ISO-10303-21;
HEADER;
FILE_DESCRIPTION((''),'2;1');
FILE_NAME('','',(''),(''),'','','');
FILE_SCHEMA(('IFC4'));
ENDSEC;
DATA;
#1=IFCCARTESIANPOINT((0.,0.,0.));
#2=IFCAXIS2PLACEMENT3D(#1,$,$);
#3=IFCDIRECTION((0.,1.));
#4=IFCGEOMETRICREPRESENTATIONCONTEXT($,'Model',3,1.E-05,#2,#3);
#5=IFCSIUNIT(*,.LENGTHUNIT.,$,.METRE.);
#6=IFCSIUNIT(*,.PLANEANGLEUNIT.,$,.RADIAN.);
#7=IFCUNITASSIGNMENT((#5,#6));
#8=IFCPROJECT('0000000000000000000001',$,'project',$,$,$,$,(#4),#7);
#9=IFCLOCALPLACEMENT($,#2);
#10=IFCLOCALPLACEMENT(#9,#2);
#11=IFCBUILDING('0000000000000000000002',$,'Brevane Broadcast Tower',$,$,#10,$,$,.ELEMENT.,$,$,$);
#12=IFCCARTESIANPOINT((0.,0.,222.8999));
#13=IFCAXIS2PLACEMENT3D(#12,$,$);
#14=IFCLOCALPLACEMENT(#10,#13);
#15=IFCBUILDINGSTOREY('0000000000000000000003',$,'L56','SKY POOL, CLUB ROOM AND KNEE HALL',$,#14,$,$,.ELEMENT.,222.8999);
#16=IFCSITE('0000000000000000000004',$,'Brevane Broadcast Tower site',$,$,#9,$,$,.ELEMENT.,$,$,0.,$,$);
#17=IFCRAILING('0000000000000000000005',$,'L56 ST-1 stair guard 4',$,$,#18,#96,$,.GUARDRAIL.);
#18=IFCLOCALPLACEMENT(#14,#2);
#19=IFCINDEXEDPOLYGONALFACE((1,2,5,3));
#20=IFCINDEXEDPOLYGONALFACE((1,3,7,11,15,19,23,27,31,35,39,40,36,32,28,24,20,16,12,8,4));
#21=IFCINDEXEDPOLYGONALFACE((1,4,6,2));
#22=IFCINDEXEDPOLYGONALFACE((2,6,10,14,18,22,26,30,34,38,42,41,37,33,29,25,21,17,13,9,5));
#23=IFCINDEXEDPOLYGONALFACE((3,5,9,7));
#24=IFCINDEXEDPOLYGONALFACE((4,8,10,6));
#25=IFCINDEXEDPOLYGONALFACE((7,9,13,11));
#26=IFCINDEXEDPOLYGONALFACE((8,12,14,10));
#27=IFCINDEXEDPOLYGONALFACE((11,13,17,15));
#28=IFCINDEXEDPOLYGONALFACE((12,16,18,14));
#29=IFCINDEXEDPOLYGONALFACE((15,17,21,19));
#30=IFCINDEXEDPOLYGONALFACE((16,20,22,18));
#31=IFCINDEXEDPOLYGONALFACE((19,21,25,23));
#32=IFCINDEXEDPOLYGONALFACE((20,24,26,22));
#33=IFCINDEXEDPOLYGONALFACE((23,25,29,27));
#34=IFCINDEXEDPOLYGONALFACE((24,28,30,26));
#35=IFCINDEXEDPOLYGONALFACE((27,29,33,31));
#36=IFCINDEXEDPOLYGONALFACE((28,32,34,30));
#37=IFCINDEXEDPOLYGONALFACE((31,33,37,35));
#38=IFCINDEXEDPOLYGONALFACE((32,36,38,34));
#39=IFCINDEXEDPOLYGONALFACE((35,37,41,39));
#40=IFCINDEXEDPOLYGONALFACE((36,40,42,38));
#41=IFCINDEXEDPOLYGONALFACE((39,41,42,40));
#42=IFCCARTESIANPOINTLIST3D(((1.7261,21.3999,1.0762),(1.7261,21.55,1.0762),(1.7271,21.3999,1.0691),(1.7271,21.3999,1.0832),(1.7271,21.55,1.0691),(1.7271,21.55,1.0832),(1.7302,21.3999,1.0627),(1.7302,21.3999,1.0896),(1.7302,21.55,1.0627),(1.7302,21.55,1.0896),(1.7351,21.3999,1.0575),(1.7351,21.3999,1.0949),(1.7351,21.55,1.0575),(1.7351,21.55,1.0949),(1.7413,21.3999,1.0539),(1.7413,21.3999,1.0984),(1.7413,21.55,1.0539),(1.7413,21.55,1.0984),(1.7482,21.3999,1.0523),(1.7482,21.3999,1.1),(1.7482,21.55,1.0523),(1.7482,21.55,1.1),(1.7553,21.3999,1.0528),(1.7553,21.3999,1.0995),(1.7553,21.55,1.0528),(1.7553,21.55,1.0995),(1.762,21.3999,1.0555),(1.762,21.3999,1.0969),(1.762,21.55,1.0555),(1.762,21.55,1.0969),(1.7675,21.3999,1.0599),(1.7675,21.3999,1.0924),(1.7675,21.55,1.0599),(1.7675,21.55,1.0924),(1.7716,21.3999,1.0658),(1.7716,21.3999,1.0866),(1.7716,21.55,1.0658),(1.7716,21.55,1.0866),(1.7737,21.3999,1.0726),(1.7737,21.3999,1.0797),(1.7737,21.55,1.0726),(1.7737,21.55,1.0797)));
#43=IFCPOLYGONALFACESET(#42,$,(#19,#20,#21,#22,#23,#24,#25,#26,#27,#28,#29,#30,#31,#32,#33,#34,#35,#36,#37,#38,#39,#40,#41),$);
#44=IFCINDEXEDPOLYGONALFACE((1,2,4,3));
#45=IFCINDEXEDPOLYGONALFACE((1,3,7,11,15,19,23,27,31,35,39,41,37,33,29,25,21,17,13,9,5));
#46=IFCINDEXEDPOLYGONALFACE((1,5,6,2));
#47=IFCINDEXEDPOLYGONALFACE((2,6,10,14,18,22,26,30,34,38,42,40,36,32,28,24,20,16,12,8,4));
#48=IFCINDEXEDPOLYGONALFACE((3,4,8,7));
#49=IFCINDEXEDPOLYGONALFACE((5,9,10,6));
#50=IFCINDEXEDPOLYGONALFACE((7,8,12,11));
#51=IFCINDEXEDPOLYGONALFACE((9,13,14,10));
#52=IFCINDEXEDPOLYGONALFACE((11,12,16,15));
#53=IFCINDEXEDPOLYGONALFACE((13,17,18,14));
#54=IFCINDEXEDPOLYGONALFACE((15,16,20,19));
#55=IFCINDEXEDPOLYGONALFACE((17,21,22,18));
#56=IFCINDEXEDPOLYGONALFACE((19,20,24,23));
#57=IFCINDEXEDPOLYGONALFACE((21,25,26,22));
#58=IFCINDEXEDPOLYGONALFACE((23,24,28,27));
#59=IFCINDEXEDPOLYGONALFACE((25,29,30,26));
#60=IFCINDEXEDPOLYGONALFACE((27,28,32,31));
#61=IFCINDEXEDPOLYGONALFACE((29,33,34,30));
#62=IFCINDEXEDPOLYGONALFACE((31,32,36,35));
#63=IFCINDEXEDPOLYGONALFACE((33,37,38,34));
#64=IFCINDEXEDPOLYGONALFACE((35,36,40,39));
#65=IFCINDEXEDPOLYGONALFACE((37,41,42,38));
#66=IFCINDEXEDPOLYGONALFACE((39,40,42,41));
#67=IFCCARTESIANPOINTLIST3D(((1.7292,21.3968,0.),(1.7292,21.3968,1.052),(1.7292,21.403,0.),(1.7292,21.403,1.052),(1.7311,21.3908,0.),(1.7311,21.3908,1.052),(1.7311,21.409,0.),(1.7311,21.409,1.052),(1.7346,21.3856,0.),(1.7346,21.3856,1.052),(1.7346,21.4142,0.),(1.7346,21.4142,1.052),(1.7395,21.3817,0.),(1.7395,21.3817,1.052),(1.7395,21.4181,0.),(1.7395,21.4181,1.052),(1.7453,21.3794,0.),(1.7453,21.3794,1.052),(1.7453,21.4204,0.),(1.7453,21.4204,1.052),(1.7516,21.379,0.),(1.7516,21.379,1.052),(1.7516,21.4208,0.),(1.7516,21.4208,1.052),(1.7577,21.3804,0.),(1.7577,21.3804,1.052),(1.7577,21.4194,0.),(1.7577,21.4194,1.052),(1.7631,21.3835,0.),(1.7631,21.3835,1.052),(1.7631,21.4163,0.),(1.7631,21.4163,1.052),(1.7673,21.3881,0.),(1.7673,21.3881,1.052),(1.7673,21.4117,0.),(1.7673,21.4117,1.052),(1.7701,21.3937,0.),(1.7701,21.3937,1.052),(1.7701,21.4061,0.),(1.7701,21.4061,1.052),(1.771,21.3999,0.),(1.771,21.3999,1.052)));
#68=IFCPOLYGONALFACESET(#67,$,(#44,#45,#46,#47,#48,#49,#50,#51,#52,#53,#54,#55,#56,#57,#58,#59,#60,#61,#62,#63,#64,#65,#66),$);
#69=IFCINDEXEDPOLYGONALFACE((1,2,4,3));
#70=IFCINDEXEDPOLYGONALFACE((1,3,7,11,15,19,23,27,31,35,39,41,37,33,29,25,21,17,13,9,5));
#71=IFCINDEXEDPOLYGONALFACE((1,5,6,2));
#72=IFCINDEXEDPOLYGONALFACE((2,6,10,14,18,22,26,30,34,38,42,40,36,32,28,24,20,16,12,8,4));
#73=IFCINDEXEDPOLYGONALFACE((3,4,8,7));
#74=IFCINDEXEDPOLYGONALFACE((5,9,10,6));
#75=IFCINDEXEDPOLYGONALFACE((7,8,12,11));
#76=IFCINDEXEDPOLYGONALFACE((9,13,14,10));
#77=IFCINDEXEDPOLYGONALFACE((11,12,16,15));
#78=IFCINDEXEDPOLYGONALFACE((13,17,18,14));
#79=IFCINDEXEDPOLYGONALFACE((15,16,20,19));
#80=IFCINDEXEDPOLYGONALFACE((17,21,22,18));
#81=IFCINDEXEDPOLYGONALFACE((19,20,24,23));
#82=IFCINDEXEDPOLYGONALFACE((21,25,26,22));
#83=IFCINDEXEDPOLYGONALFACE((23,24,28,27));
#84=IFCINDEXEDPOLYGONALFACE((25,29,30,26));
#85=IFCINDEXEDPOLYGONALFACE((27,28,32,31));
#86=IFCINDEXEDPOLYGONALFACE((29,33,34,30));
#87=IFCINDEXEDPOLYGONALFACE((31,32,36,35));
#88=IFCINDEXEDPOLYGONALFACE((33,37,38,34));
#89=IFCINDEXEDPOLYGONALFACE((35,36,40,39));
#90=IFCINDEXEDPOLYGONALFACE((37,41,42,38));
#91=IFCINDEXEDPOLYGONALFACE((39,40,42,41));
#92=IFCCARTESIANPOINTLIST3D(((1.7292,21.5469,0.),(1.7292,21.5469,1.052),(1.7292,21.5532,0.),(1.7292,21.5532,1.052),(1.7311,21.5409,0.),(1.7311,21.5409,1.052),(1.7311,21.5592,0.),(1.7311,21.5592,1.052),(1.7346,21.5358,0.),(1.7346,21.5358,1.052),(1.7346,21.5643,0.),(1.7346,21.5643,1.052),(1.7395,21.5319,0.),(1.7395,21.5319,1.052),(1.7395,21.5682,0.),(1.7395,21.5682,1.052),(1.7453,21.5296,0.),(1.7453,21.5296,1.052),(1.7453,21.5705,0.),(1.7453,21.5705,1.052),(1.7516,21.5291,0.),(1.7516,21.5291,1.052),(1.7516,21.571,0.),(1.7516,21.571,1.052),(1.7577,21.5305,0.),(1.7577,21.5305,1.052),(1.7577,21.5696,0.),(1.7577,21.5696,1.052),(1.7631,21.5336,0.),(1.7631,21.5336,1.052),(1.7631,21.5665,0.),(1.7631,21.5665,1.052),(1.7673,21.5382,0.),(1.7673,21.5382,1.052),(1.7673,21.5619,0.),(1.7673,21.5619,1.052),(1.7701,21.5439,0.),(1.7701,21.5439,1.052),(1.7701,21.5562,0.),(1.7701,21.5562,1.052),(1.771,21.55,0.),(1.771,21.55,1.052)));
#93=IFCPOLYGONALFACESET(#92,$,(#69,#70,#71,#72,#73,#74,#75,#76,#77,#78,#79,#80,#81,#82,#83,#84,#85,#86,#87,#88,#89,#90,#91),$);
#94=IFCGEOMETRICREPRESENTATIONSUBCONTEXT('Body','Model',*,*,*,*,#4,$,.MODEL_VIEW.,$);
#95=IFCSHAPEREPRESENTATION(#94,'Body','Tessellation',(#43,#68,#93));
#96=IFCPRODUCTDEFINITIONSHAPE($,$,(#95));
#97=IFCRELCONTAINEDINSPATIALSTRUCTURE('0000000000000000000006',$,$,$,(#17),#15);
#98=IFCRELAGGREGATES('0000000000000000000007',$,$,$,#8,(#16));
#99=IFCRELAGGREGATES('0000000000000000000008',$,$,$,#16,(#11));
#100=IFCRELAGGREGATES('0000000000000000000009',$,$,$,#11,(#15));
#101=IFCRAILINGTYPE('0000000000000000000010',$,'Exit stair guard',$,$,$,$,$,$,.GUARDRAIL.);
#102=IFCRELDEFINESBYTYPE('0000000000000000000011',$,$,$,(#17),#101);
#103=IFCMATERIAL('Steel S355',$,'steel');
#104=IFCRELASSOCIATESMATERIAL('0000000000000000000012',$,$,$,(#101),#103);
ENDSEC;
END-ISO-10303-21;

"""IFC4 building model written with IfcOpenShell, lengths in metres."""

from ifc_helpers import new_model, si_unit, direction, frame, origin, origin_2d, place, context, subcontext, project, spatial, circle, extrude, material, type_object, element, save


model = new_model("IFC4")

# Units and contexts
model_context = context("Model", 3, precision=1e-05, world=origin(), true_north=direction((0.0, 1.0)))
body_context = subcontext(model_context, "Body", "Model", "MODEL_VIEW")
ifc_project = project(units=[si_unit("LENGTHUNIT", "METRE"), si_unit("PLANEANGLEUNIT", "RADIAN")], contexts=[model_context])

# Site, building, storey
site_placement = place(None, origin())
site = spatial("IfcSite", under=ifc_project, at=site_placement, Name="Brevane Broadcast Tower site", CompositionType="ELEMENT", RefElevation=0.0)
building_placement = place(site_placement, origin())
building = spatial("IfcBuilding", under=site, at=building_placement, Name="Brevane Broadcast Tower", CompositionType="ELEMENT")
storey_placement = place(building_placement, frame((0.0, 0.0, 222.8999)))
storey = spatial("IfcBuildingStorey", under=building, at=storey_placement, Name="L56", Description="SKY POOL, CLUB ROOM AND KNEE HALL", CompositionType="ELEMENT", Elevation=222.8999)

# Railing
ifc_material_1 = material(Name="Steel S355", Category="steel")
railing_type_1 = type_object("IfcRailingType", Name="Exit stair guard", PredefinedType="GUARDRAIL", material=ifc_material_1)
railing_1_placement = place(storey_placement, frame((1.75, 21.3999, 0.0)))
element("IfcRailing", 1, at=railing_1_placement, inside=storey, type_object=railing_type_1, Name="L56 ST-1 stair guard 4", PredefinedType="GUARDRAIL", context=body_context, shape_type="SweptSolid", body=[
    extrude(circle(Radius=0.0239, at=origin_2d()), frame((0.0, 0.0, 1.0762), z_axis=(0.0, 1.0, 0.0), x_axis=(-1.0, 0.0, 0.0)), (0.0, 0.0, 1.0), 0.1501),
    extrude(circle(Radius=0.021, at=origin_2d()), origin(), (0.0, 0.0, 1.0), 1.052),
    extrude(circle(Radius=0.021, at=origin_2d()), frame((0.0, 0.1501, 0.0)), (0.0, 0.0, 1.0), 1.052),
])

save(model, "model.ifc")
